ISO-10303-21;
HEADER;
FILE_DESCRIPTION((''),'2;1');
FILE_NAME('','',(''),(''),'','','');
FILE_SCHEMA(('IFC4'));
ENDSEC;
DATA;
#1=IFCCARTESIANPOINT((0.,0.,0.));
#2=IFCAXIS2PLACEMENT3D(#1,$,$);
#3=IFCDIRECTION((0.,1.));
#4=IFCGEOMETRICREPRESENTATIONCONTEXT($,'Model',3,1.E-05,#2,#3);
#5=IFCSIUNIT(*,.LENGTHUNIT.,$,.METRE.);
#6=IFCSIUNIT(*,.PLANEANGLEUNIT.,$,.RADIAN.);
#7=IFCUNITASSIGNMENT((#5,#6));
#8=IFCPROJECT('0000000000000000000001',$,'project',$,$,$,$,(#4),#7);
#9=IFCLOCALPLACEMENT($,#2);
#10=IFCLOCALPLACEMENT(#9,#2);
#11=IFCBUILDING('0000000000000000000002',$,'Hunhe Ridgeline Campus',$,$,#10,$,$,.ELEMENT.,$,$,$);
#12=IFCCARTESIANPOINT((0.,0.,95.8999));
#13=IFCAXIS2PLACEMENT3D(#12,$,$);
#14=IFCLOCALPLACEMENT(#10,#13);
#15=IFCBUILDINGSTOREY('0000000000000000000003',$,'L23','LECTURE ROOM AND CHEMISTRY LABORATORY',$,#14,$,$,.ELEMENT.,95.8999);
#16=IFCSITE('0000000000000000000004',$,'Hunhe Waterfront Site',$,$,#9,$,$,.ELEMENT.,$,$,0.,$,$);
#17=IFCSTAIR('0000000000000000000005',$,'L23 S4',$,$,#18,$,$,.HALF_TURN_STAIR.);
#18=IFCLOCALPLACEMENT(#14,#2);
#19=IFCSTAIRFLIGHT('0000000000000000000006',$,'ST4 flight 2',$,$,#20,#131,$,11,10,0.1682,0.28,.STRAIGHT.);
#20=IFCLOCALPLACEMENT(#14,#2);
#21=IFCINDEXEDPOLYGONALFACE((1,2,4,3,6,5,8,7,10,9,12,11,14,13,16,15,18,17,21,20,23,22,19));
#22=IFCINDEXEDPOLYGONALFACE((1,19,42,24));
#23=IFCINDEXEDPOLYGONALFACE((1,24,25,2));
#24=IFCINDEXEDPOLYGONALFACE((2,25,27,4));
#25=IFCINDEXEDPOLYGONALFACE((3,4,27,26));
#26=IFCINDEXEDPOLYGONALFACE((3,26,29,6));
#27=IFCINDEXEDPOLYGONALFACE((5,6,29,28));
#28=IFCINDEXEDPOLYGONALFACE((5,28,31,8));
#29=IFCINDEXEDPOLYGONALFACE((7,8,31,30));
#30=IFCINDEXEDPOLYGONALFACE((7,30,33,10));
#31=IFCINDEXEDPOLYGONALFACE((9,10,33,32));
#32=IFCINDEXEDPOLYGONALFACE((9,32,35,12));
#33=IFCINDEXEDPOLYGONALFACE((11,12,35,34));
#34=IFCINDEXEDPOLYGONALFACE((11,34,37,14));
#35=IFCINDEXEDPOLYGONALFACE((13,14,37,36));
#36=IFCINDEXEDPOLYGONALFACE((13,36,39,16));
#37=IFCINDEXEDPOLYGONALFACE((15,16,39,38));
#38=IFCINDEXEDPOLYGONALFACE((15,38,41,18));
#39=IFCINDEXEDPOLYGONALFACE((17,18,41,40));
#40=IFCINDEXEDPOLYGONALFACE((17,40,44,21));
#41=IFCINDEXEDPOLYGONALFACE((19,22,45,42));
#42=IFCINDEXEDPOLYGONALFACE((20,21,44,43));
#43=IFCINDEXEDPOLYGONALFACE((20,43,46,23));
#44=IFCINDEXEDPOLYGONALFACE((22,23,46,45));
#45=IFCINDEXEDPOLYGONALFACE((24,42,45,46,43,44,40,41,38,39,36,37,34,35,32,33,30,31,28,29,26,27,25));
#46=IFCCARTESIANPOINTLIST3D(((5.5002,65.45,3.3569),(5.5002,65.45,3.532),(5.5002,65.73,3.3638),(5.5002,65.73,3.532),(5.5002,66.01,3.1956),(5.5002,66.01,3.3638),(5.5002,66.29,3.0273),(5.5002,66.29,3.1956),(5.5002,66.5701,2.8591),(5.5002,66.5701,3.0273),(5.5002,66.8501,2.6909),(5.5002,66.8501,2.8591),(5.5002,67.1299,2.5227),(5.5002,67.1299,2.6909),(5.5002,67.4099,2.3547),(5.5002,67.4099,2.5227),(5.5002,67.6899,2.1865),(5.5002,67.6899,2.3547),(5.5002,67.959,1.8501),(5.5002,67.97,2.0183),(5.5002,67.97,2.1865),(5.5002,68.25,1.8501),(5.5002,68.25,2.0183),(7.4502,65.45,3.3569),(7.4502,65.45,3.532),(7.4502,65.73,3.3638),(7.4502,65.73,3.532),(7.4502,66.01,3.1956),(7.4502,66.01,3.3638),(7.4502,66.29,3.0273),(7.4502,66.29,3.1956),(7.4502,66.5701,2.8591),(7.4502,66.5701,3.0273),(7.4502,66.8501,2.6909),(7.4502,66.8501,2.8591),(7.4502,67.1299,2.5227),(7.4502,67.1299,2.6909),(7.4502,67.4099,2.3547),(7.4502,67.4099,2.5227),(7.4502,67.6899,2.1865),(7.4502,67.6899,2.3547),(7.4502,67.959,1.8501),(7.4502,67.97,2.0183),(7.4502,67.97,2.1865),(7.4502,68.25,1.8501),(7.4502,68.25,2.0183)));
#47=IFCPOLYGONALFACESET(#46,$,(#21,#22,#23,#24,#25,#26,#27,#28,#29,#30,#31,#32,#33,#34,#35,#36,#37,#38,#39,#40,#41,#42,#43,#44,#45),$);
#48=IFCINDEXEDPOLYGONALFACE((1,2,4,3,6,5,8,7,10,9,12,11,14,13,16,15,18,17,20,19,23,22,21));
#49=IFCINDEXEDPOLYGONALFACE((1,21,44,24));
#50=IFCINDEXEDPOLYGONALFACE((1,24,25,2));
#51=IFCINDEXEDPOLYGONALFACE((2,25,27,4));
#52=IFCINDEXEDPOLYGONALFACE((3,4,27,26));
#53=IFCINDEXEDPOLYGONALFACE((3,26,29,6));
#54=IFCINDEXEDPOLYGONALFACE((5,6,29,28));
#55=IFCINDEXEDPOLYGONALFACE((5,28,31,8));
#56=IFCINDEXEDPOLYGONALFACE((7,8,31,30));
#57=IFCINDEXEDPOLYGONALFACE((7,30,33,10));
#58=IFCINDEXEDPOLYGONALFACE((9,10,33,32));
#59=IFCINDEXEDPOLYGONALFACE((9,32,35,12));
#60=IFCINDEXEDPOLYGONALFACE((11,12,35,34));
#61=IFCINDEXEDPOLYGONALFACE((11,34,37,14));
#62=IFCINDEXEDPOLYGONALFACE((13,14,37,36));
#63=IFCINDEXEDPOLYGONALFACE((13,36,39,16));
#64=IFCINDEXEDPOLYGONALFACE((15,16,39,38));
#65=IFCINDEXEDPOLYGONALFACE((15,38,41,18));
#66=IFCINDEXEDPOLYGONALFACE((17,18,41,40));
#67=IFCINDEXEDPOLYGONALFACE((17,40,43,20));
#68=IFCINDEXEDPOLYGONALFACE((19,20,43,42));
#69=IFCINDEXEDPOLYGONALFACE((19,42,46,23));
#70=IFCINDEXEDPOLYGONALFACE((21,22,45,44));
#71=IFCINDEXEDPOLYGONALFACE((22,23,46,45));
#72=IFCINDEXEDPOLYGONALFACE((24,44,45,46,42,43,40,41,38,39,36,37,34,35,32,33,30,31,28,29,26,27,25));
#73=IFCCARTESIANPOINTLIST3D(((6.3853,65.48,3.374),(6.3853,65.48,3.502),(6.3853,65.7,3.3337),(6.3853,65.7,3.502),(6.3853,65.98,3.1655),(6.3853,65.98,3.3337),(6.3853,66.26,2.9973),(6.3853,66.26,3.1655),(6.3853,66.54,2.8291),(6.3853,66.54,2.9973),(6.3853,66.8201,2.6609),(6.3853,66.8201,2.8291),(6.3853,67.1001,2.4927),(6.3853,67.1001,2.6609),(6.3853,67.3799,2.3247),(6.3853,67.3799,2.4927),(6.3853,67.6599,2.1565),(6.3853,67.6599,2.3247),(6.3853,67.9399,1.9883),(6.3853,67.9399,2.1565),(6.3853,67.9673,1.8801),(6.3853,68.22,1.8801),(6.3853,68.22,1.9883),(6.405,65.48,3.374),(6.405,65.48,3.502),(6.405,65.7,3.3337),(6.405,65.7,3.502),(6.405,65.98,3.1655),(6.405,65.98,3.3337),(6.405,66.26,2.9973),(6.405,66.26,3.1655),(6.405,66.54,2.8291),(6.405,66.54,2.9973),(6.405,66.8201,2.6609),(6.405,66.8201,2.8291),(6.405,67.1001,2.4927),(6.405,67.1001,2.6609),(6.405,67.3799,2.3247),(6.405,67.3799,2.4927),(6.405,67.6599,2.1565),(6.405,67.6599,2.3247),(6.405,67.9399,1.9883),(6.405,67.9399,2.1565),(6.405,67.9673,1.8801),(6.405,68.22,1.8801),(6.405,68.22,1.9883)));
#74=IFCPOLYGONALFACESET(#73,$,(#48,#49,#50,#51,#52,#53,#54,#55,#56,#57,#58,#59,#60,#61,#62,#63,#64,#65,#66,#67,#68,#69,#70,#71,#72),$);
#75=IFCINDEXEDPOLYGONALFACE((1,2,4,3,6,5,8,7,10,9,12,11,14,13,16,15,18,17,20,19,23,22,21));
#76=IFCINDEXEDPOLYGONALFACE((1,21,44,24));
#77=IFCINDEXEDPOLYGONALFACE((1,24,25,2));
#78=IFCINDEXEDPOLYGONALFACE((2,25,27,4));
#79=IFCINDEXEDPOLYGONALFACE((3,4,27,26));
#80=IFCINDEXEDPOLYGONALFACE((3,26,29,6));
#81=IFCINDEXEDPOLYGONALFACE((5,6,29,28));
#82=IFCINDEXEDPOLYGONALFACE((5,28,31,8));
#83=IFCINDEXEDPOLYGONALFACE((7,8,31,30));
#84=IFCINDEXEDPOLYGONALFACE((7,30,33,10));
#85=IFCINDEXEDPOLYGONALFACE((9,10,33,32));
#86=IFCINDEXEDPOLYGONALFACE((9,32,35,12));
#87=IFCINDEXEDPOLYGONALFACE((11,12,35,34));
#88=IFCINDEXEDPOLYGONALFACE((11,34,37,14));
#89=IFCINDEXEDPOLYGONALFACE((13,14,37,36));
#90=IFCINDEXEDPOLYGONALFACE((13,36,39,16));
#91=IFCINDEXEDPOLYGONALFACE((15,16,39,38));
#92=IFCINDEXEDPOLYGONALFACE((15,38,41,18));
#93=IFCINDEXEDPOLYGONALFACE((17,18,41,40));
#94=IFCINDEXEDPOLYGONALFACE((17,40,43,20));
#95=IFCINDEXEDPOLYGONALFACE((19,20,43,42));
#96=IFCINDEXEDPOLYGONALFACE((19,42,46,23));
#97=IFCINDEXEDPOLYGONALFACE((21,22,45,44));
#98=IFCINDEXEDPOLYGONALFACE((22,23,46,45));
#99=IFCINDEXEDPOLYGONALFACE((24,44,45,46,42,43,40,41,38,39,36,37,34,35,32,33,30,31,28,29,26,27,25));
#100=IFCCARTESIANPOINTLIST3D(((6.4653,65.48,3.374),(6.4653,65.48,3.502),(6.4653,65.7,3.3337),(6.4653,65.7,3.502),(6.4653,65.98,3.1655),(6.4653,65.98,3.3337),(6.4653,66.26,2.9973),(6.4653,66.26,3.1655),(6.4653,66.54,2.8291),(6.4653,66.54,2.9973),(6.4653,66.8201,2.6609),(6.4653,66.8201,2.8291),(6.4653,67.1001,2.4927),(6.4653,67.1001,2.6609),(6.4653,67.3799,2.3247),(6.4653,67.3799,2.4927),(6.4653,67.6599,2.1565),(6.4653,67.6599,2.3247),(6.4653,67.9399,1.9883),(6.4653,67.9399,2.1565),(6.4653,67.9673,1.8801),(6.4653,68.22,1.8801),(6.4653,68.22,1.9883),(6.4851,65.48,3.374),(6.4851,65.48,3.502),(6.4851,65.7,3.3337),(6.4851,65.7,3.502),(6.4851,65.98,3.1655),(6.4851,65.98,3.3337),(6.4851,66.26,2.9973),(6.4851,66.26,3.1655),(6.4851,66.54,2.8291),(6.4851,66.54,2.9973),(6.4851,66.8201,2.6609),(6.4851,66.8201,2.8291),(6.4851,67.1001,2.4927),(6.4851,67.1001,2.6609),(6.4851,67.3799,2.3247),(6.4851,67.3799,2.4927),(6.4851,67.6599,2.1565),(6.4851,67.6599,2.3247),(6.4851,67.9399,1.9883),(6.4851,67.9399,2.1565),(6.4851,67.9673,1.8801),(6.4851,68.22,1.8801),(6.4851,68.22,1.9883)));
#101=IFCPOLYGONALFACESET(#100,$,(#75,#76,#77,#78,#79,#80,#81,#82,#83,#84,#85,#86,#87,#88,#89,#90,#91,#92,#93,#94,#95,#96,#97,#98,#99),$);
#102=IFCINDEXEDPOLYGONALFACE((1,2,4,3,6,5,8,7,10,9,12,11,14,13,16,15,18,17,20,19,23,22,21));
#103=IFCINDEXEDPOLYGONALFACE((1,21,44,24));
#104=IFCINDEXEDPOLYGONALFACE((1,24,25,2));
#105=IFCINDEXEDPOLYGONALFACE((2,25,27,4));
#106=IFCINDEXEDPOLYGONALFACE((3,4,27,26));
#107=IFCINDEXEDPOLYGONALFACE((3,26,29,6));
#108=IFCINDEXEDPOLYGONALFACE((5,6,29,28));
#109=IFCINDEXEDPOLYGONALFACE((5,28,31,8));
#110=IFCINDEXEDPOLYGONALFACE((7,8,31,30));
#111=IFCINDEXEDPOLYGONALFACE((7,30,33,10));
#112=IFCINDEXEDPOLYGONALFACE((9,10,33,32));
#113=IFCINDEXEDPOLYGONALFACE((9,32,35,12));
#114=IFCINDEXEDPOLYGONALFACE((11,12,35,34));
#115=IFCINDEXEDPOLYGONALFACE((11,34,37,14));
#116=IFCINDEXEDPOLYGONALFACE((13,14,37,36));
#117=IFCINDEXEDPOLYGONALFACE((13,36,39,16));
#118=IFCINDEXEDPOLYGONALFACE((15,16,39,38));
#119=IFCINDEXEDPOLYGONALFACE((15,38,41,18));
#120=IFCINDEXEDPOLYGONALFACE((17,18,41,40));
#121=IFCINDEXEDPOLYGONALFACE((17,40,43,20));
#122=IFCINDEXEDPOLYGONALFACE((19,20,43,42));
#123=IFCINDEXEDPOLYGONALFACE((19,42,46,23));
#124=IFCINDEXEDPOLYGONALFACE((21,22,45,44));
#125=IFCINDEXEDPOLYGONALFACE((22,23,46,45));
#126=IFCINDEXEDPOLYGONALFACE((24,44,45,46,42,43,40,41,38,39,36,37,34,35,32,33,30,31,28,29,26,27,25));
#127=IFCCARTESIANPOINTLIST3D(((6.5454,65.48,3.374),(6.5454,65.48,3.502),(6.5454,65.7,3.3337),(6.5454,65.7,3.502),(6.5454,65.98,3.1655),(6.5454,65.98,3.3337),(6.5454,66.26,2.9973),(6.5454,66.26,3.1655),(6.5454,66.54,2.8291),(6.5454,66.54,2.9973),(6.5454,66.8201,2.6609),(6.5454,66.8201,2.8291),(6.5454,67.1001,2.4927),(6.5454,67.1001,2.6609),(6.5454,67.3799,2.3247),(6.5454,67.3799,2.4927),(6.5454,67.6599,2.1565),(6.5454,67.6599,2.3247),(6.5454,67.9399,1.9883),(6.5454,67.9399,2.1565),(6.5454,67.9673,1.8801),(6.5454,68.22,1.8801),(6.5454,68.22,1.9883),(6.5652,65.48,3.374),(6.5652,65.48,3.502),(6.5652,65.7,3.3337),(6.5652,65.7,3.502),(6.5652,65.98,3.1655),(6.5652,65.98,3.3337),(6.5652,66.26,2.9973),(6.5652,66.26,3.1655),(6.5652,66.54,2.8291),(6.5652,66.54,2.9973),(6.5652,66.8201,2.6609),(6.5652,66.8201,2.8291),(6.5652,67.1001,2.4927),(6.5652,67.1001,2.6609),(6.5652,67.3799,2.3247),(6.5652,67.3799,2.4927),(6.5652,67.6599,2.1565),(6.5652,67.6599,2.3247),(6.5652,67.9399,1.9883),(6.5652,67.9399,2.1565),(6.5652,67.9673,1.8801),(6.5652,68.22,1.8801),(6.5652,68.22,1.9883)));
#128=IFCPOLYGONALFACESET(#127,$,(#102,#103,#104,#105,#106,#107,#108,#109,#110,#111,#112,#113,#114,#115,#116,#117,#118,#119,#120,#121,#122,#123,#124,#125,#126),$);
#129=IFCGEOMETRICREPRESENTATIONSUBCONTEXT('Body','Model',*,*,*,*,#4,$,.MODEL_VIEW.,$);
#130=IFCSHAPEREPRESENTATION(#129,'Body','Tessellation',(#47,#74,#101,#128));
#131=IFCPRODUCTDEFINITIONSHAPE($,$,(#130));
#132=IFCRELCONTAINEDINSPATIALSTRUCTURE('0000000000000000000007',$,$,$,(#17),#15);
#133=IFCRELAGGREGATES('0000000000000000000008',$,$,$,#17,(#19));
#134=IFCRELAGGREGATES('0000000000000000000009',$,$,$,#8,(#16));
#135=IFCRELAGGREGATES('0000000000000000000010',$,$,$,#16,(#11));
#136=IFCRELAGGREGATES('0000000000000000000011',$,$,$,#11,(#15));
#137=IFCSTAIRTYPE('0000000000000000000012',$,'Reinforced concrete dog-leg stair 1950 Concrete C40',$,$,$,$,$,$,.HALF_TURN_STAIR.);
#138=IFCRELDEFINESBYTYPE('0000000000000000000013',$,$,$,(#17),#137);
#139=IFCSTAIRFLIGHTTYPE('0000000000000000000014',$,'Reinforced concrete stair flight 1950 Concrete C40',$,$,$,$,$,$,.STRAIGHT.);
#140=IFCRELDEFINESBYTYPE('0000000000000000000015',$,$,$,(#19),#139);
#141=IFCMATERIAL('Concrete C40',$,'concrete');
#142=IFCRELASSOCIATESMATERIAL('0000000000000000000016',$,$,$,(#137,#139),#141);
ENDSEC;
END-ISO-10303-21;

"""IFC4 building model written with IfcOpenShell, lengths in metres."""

from ifc_helpers import new_model, si_unit, direction, frame, origin, place, context, subcontext, project, spatial, polyline, outline, extrude, material, type_object, element, aggregate, save


model = new_model("IFC4")

# Units and contexts
model_context = context("Model", 3, precision=1e-05, world=origin(), true_north=direction((0.0, 1.0)))
body_context = subcontext(model_context, "Body", "Model", "MODEL_VIEW")
ifc_project = project(units=[si_unit("LENGTHUNIT", "METRE"), si_unit("PLANEANGLEUNIT", "RADIAN")], contexts=[model_context])

# Site, building, storey
site_placement = place(None, origin())
site = spatial("IfcSite", under=ifc_project, at=site_placement, Name="Hunhe Waterfront Site", CompositionType="ELEMENT", RefElevation=0.0)
building_placement = place(site_placement, origin())
building = spatial("IfcBuilding", under=site, at=building_placement, Name="Hunhe Ridgeline Campus", CompositionType="ELEMENT")
storey_placement = place(building_placement, frame((0.0, 0.0, 95.8999)))
storey = spatial("IfcBuildingStorey", under=building, at=storey_placement, Name="L23", Description="LECTURE ROOM AND CHEMISTRY LABORATORY", CompositionType="ELEMENT", Elevation=95.8999)

# Stair, stair flight
ifc_material_1 = material(Name="Concrete C40", Category="concrete")
stair_type = type_object("IfcStairType", Name="Reinforced concrete dog-leg stair 1950 Concrete C40", PredefinedType="HALF_TURN_STAIR", material=ifc_material_1)
stair_flight_type = type_object("IfcStairFlightType", Name="Reinforced concrete stair flight 1950 Concrete C40", PredefinedType="STRAIGHT", material=ifc_material_1)
stair_1_placement = place(storey_placement, origin())
stair_1 = element("IfcStair", 1, at=stair_1_placement, inside=storey, type_object=stair_type, Name="L23 S4", PredefinedType="HALF_TURN_STAIR")
stair_flight_1_placement = place(storey_placement, frame((6.4751, 68.25, 1.8501), z_axis=(0.0, 0.0, 1.0), x_axis=(0.0, -1.0, 0.0)))
stair_flight_1 = element("IfcStairFlight", 2, at=stair_flight_1_placement, type_object=stair_flight_type, Name="ST4 flight 2", NumberOfRisers=11, NumberOfTreads=10, PredefinedType="STRAIGHT", RiserHeight=0.1682, TreadLength=0.28, context=body_context, shape_type="SweptSolid", body=[
    extrude(outline(polyline([(0.0, 0.0), (0.0, 0.1682), (0.28, 0.1682), (0.28, 0.3364), (0.5601, 0.3364), (0.5601, 0.5046), (0.8401, 0.5046), (0.8401, 0.6726), (1.1201, 0.6726), (1.1201, 0.8408), (1.3999, 0.8408), (1.3999, 1.009), (1.6799, 1.009), (1.6799, 1.1772), (1.96, 1.1772), (1.96, 1.3455), (2.24, 1.3455), (2.24, 1.5137), (2.52, 1.5137), (2.52, 1.6819), (2.8, 1.6819), (2.8, 1.8501), (2.8, 1.5068), (0.291, 0.0), (0.0, 0.0)])), frame((0.0, 0.9751, 0.0), z_axis=(0.0, -1.0, 0.0), x_axis=(1.0, 0.0, 0.0)), (0.0, 0.0, 1.0), 1.95),
    extrude(outline(polyline([(0.03, 0.03), (0.03, 0.1382), (0.3101, 0.1382), (0.3101, 0.3064), (0.5901, 0.3064), (0.5901, 0.4746), (0.8701, 0.4746), (0.8701, 0.6426), (1.1499, 0.6426), (1.1499, 0.8108), (1.4299, 0.8108), (1.4299, 0.979), (1.71, 0.979), (1.71, 1.1472), (1.99, 1.1472), (1.99, 1.3154), (2.27, 1.3154), (2.27, 1.4836), (2.55, 1.4836), (2.55, 1.6519), (2.77, 1.6519), (2.77, 1.5239), (0.2827, 0.03), (0.03, 0.03)])), frame((0.0, -0.0701, 0.0), z_axis=(0.0, -1.0, 0.0), x_axis=(1.0, 0.0, 0.0)), (0.0, 0.0, 1.0), 0.0198),
    extrude(outline(polyline([(0.03, 0.03), (0.03, 0.1382), (0.3101, 0.1382), (0.3101, 0.3064), (0.5901, 0.3064), (0.5901, 0.4746), (0.8701, 0.4746), (0.8701, 0.6426), (1.1499, 0.6426), (1.1499, 0.8108), (1.4299, 0.8108), (1.4299, 0.979), (1.71, 0.979), (1.71, 1.1472), (1.99, 1.1472), (1.99, 1.3154), (2.27, 1.3154), (2.27, 1.4836), (2.55, 1.4836), (2.55, 1.6519), (2.77, 1.6519), (2.77, 1.5239), (0.2827, 0.03), (0.03, 0.03)])), frame((0.0, 0.01, 0.0), z_axis=(0.0, -1.0, 0.0), x_axis=(1.0, 0.0, 0.0)), (0.0, 0.0, 1.0), 0.0198),
    extrude(outline(polyline([(0.03, 0.03), (0.03, 0.1382), (0.3101, 0.1382), (0.3101, 0.3064), (0.5901, 0.3064), (0.5901, 0.4746), (0.8701, 0.4746), (0.8701, 0.6426), (1.1499, 0.6426), (1.1499, 0.8108), (1.4299, 0.8108), (1.4299, 0.979), (1.71, 0.979), (1.71, 1.1472), (1.99, 1.1472), (1.99, 1.3154), (2.27, 1.3154), (2.27, 1.4836), (2.55, 1.4836), (2.55, 1.6519), (2.77, 1.6519), (2.77, 1.5239), (0.2827, 0.03), (0.03, 0.03)])), frame((0.0, 0.0901, 0.0), z_axis=(0.0, -1.0, 0.0), x_axis=(1.0, 0.0, 0.0)), (0.0, 0.0, 1.0), 0.0198),
])
aggregate(stair_1, [stair_flight_1])

save(model, "model.ifc")
